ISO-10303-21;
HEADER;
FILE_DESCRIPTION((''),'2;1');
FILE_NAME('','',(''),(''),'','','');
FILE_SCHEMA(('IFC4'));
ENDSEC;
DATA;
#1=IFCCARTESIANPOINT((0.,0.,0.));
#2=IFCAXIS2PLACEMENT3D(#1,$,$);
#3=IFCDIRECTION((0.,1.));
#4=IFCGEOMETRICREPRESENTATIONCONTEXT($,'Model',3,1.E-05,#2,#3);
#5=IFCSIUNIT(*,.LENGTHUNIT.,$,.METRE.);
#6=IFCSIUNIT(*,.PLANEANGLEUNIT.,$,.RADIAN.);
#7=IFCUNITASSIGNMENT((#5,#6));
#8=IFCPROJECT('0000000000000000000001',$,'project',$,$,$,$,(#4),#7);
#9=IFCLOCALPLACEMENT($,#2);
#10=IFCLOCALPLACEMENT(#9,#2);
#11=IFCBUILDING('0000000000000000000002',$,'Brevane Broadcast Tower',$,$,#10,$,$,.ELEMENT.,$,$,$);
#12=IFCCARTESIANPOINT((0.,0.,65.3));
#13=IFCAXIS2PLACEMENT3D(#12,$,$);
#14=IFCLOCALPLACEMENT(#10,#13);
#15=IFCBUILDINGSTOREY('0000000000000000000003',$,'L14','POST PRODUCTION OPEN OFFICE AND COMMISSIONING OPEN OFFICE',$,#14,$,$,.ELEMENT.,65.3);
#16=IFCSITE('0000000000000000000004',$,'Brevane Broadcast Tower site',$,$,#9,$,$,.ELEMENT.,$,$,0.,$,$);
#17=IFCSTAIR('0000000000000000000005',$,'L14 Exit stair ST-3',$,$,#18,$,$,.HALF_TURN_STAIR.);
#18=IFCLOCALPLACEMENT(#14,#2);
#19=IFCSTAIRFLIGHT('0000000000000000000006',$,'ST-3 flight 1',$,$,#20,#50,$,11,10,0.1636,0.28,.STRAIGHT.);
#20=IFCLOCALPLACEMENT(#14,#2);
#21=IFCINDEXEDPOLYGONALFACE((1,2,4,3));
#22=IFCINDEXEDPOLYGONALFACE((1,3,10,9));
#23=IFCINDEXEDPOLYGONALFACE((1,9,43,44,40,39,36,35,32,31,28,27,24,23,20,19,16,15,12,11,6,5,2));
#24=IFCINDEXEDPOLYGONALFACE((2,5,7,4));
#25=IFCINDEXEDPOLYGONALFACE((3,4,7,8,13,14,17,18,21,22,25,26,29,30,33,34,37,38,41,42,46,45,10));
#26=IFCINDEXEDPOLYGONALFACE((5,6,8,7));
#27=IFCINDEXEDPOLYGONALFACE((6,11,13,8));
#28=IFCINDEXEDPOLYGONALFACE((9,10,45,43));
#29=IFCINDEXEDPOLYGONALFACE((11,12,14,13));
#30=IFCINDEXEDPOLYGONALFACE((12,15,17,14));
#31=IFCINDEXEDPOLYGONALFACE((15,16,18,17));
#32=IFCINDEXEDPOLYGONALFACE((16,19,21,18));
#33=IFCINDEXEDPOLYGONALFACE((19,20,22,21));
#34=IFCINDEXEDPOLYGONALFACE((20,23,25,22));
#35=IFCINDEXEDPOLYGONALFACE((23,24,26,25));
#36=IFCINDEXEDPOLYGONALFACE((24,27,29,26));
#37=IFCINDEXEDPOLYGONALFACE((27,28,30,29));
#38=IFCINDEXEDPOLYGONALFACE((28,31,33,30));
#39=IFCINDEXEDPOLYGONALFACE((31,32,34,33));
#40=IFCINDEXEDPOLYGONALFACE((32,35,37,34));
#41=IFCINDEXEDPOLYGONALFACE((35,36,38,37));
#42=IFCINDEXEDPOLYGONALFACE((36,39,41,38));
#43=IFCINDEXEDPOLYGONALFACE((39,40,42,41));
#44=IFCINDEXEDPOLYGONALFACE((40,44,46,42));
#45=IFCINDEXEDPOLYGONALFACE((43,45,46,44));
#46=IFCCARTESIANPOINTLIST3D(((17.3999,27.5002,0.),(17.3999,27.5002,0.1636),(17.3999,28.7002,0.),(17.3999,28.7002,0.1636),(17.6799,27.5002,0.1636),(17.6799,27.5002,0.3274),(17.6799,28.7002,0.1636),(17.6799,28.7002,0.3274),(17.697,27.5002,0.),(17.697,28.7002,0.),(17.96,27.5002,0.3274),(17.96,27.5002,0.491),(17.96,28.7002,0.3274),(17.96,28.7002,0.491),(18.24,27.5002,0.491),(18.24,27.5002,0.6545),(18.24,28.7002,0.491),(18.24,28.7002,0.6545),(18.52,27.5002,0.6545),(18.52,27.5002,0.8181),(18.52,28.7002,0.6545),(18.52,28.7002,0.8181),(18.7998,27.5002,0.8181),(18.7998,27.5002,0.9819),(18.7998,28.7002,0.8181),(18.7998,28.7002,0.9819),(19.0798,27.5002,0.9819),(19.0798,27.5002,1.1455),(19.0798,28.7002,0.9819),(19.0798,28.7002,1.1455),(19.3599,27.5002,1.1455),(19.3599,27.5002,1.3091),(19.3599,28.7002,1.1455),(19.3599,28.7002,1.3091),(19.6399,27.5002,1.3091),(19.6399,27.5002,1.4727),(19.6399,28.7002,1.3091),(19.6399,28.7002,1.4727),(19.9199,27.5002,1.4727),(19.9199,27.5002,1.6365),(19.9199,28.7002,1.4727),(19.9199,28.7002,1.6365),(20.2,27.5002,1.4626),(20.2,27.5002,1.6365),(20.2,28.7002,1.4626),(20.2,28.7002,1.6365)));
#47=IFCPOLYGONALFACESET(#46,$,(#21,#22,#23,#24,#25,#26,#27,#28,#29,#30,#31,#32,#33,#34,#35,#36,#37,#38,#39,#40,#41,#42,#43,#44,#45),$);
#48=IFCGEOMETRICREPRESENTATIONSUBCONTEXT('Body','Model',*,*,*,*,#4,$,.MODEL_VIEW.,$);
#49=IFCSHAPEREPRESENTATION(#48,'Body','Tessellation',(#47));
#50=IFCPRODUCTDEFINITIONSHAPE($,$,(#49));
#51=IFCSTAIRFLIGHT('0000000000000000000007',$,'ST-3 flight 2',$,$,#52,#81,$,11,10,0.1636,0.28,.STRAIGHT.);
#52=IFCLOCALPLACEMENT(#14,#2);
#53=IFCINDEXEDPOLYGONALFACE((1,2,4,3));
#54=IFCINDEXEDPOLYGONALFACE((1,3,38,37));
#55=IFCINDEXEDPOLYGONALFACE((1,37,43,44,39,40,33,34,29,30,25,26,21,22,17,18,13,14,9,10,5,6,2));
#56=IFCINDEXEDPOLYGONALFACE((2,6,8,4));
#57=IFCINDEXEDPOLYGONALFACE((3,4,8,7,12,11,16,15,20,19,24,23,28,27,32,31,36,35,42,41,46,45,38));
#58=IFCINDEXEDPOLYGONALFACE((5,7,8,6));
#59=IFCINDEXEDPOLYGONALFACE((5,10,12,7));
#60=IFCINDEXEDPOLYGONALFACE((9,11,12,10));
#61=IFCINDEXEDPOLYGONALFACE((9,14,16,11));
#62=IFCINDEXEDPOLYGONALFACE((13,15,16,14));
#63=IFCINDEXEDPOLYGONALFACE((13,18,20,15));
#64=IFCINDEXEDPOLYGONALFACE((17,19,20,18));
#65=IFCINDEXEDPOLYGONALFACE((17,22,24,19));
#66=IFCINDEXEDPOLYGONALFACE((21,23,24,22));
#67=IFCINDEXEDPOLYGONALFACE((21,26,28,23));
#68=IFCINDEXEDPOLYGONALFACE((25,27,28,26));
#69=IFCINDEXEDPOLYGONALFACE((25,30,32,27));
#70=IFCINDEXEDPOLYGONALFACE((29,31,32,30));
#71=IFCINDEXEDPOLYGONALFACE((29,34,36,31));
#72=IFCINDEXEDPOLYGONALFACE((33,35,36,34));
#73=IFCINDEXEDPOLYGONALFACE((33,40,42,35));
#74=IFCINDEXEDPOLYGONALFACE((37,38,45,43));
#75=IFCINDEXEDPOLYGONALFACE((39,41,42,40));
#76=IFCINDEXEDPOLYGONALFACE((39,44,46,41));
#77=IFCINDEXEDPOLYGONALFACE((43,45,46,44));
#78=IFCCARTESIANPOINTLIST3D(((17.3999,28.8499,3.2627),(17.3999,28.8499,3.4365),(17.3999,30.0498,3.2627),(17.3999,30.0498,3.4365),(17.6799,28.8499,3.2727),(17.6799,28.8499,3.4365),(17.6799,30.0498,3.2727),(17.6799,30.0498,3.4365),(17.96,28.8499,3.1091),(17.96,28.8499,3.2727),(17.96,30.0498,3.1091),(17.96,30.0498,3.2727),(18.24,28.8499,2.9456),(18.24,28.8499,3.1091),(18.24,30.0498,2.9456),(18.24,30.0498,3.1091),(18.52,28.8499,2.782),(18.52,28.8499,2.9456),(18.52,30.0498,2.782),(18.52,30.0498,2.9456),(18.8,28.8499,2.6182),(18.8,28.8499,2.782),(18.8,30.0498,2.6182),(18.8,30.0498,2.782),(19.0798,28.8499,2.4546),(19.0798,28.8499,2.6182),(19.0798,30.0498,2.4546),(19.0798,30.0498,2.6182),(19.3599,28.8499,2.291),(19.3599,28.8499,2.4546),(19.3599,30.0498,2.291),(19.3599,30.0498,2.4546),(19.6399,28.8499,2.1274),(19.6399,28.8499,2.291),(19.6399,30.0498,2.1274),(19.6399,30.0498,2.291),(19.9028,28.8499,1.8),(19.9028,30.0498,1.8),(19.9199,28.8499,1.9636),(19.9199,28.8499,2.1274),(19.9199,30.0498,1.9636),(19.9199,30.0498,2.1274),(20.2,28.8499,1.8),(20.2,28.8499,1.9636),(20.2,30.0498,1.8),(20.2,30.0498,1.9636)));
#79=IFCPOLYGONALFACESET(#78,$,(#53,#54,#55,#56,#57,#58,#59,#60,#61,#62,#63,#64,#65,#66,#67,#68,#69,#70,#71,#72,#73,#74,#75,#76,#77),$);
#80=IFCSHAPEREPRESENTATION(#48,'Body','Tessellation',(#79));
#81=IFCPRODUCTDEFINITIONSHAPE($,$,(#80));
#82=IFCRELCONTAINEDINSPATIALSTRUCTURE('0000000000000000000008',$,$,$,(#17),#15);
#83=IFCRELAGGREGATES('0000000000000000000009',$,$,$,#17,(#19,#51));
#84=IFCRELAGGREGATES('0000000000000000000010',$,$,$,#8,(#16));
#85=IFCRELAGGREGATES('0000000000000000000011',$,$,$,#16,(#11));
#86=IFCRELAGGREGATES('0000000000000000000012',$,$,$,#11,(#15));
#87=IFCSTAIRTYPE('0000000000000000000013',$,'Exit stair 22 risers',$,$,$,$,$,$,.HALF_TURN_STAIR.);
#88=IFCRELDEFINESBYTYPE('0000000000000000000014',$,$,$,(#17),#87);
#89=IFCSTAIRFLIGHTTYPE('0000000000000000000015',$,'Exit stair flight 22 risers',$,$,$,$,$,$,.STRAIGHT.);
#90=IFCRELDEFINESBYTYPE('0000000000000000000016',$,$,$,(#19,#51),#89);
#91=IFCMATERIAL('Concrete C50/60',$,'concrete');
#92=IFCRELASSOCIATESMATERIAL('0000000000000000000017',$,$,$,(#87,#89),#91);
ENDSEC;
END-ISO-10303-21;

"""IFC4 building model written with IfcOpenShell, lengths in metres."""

from ifc_helpers import new_model, si_unit, direction, frame, origin, place, context, subcontext, project, spatial, polyline, outline, extrude, material, type_object, element, aggregate, save


model = new_model("IFC4")

# Units and contexts
model_context = context("Model", 3, precision=1e-05, world=origin(), true_north=direction((0.0, 1.0)))
body_context = subcontext(model_context, "Body", "Model", "MODEL_VIEW")
ifc_project = project(units=[si_unit("LENGTHUNIT", "METRE"), si_unit("PLANEANGLEUNIT", "RADIAN")], contexts=[model_context])

# Site, building, storey
site_placement = place(None, origin())
site = spatial("IfcSite", under=ifc_project, at=site_placement, Name="Brevane Broadcast Tower site", CompositionType="ELEMENT", RefElevation=0.0)
building_placement = place(site_placement, origin())
building = spatial("IfcBuilding", under=site, at=building_placement, Name="Brevane Broadcast Tower", CompositionType="ELEMENT")
storey_placement = place(building_placement, frame((0.0, 0.0, 65.3)))
storey = spatial("IfcBuildingStorey", under=building, at=storey_placement, Name="L14", Description="POST PRODUCTION OPEN OFFICE AND COMMISSIONING OPEN OFFICE", CompositionType="ELEMENT", Elevation=65.3)

# Stair, stair flights
ifc_material_1 = material(Name="Concrete C50/60", Category="concrete")
stair_type = type_object("IfcStairType", Name="Exit stair 22 risers", PredefinedType="HALF_TURN_STAIR", material=ifc_material_1)
stair_placement = place(storey_placement, origin())
stair = element("IfcStair", 1, at=stair_placement, inside=storey, type_object=stair_type, Name="L14 Exit stair ST-3", PredefinedType="HALF_TURN_STAIR")
stair_flight_type = type_object("IfcStairFlightType", Name="Exit stair flight 22 risers", PredefinedType="STRAIGHT", material=ifc_material_1)
stair_flight_1_placement = place(storey_placement, frame((17.3999, 28.1001, 0.0), z_axis=(0.0, 0.0, 1.0), x_axis=(1.0, 0.0, 0.0)))
stair_flight_1 = element("IfcStairFlight", 2, at=stair_flight_1_placement, type_object=stair_flight_type, Name="ST-3 flight 1", NumberOfRisers=11, NumberOfTreads=10, PredefinedType="STRAIGHT", RiserHeight=0.1636, TreadLength=0.28, context=body_context, shape_type="SweptSolid", body=[
    extrude(outline(polyline([(0.0, 0.0), (0.0, 0.1636), (0.28, 0.1636), (0.28, 0.3274), (0.5601, 0.3274), (0.5601, 0.491), (0.8401, 0.491), (0.8401, 0.6545), (1.1201, 0.6545), (1.1201, 0.8181), (1.3999, 0.8181), (1.3999, 0.9819), (1.6799, 0.9819), (1.6799, 1.1455), (1.96, 1.1455), (1.96, 1.3091), (2.24, 1.3091), (2.24, 1.4727), (2.52, 1.4727), (2.52, 1.6365), (2.8, 1.6365), (2.8, 1.8), (2.8, 1.4626), (0.2971, 0.0), (0.0, 0.0)])), frame((0.0, 0.6001, 0.0), z_axis=(0.0, -1.0, 0.0), x_axis=(1.0, 0.0, 0.0)), (0.0, 0.0, 1.0), 1.2),
])
stair_flight_2_placement = place(storey_placement, frame((20.2, 29.45, 1.8), z_axis=(0.0, 0.0, 1.0), x_axis=(-1.0, 0.0, 0.0)))
stair_flight_2 = element("IfcStairFlight", 3, at=stair_flight_2_placement, type_object=stair_flight_type, Name="ST-3 flight 2", NumberOfRisers=11, NumberOfTreads=10, PredefinedType="STRAIGHT", RiserHeight=0.1636, TreadLength=0.28, context=body_context, shape_type="SweptSolid", body=[
    extrude(outline(polyline([(0.0, 0.0), (0.0, 0.1636), (0.28, 0.1636), (0.28, 0.3274), (0.5601, 0.3274), (0.5601, 0.491), (0.8401, 0.491), (0.8401, 0.6545), (1.1201, 0.6545), (1.1201, 0.8181), (1.3999, 0.8181), (1.3999, 0.9819), (1.6799, 0.9819), (1.6799, 1.1455), (1.96, 1.1455), (1.96, 1.3091), (2.24, 1.3091), (2.24, 1.4727), (2.52, 1.4727), (2.52, 1.6365), (2.8, 1.6365), (2.8, 1.8), (2.8, 1.4626), (0.2971, 0.0), (0.0, 0.0)])), frame((0.0, 0.6001, 0.0), z_axis=(0.0, -1.0, 0.0), x_axis=(1.0, 0.0, 0.0)), (0.0, 0.0, 1.0), 1.2),
])
aggregate(stair, [stair_flight_1, stair_flight_2])

save(model, "model.ifc")
